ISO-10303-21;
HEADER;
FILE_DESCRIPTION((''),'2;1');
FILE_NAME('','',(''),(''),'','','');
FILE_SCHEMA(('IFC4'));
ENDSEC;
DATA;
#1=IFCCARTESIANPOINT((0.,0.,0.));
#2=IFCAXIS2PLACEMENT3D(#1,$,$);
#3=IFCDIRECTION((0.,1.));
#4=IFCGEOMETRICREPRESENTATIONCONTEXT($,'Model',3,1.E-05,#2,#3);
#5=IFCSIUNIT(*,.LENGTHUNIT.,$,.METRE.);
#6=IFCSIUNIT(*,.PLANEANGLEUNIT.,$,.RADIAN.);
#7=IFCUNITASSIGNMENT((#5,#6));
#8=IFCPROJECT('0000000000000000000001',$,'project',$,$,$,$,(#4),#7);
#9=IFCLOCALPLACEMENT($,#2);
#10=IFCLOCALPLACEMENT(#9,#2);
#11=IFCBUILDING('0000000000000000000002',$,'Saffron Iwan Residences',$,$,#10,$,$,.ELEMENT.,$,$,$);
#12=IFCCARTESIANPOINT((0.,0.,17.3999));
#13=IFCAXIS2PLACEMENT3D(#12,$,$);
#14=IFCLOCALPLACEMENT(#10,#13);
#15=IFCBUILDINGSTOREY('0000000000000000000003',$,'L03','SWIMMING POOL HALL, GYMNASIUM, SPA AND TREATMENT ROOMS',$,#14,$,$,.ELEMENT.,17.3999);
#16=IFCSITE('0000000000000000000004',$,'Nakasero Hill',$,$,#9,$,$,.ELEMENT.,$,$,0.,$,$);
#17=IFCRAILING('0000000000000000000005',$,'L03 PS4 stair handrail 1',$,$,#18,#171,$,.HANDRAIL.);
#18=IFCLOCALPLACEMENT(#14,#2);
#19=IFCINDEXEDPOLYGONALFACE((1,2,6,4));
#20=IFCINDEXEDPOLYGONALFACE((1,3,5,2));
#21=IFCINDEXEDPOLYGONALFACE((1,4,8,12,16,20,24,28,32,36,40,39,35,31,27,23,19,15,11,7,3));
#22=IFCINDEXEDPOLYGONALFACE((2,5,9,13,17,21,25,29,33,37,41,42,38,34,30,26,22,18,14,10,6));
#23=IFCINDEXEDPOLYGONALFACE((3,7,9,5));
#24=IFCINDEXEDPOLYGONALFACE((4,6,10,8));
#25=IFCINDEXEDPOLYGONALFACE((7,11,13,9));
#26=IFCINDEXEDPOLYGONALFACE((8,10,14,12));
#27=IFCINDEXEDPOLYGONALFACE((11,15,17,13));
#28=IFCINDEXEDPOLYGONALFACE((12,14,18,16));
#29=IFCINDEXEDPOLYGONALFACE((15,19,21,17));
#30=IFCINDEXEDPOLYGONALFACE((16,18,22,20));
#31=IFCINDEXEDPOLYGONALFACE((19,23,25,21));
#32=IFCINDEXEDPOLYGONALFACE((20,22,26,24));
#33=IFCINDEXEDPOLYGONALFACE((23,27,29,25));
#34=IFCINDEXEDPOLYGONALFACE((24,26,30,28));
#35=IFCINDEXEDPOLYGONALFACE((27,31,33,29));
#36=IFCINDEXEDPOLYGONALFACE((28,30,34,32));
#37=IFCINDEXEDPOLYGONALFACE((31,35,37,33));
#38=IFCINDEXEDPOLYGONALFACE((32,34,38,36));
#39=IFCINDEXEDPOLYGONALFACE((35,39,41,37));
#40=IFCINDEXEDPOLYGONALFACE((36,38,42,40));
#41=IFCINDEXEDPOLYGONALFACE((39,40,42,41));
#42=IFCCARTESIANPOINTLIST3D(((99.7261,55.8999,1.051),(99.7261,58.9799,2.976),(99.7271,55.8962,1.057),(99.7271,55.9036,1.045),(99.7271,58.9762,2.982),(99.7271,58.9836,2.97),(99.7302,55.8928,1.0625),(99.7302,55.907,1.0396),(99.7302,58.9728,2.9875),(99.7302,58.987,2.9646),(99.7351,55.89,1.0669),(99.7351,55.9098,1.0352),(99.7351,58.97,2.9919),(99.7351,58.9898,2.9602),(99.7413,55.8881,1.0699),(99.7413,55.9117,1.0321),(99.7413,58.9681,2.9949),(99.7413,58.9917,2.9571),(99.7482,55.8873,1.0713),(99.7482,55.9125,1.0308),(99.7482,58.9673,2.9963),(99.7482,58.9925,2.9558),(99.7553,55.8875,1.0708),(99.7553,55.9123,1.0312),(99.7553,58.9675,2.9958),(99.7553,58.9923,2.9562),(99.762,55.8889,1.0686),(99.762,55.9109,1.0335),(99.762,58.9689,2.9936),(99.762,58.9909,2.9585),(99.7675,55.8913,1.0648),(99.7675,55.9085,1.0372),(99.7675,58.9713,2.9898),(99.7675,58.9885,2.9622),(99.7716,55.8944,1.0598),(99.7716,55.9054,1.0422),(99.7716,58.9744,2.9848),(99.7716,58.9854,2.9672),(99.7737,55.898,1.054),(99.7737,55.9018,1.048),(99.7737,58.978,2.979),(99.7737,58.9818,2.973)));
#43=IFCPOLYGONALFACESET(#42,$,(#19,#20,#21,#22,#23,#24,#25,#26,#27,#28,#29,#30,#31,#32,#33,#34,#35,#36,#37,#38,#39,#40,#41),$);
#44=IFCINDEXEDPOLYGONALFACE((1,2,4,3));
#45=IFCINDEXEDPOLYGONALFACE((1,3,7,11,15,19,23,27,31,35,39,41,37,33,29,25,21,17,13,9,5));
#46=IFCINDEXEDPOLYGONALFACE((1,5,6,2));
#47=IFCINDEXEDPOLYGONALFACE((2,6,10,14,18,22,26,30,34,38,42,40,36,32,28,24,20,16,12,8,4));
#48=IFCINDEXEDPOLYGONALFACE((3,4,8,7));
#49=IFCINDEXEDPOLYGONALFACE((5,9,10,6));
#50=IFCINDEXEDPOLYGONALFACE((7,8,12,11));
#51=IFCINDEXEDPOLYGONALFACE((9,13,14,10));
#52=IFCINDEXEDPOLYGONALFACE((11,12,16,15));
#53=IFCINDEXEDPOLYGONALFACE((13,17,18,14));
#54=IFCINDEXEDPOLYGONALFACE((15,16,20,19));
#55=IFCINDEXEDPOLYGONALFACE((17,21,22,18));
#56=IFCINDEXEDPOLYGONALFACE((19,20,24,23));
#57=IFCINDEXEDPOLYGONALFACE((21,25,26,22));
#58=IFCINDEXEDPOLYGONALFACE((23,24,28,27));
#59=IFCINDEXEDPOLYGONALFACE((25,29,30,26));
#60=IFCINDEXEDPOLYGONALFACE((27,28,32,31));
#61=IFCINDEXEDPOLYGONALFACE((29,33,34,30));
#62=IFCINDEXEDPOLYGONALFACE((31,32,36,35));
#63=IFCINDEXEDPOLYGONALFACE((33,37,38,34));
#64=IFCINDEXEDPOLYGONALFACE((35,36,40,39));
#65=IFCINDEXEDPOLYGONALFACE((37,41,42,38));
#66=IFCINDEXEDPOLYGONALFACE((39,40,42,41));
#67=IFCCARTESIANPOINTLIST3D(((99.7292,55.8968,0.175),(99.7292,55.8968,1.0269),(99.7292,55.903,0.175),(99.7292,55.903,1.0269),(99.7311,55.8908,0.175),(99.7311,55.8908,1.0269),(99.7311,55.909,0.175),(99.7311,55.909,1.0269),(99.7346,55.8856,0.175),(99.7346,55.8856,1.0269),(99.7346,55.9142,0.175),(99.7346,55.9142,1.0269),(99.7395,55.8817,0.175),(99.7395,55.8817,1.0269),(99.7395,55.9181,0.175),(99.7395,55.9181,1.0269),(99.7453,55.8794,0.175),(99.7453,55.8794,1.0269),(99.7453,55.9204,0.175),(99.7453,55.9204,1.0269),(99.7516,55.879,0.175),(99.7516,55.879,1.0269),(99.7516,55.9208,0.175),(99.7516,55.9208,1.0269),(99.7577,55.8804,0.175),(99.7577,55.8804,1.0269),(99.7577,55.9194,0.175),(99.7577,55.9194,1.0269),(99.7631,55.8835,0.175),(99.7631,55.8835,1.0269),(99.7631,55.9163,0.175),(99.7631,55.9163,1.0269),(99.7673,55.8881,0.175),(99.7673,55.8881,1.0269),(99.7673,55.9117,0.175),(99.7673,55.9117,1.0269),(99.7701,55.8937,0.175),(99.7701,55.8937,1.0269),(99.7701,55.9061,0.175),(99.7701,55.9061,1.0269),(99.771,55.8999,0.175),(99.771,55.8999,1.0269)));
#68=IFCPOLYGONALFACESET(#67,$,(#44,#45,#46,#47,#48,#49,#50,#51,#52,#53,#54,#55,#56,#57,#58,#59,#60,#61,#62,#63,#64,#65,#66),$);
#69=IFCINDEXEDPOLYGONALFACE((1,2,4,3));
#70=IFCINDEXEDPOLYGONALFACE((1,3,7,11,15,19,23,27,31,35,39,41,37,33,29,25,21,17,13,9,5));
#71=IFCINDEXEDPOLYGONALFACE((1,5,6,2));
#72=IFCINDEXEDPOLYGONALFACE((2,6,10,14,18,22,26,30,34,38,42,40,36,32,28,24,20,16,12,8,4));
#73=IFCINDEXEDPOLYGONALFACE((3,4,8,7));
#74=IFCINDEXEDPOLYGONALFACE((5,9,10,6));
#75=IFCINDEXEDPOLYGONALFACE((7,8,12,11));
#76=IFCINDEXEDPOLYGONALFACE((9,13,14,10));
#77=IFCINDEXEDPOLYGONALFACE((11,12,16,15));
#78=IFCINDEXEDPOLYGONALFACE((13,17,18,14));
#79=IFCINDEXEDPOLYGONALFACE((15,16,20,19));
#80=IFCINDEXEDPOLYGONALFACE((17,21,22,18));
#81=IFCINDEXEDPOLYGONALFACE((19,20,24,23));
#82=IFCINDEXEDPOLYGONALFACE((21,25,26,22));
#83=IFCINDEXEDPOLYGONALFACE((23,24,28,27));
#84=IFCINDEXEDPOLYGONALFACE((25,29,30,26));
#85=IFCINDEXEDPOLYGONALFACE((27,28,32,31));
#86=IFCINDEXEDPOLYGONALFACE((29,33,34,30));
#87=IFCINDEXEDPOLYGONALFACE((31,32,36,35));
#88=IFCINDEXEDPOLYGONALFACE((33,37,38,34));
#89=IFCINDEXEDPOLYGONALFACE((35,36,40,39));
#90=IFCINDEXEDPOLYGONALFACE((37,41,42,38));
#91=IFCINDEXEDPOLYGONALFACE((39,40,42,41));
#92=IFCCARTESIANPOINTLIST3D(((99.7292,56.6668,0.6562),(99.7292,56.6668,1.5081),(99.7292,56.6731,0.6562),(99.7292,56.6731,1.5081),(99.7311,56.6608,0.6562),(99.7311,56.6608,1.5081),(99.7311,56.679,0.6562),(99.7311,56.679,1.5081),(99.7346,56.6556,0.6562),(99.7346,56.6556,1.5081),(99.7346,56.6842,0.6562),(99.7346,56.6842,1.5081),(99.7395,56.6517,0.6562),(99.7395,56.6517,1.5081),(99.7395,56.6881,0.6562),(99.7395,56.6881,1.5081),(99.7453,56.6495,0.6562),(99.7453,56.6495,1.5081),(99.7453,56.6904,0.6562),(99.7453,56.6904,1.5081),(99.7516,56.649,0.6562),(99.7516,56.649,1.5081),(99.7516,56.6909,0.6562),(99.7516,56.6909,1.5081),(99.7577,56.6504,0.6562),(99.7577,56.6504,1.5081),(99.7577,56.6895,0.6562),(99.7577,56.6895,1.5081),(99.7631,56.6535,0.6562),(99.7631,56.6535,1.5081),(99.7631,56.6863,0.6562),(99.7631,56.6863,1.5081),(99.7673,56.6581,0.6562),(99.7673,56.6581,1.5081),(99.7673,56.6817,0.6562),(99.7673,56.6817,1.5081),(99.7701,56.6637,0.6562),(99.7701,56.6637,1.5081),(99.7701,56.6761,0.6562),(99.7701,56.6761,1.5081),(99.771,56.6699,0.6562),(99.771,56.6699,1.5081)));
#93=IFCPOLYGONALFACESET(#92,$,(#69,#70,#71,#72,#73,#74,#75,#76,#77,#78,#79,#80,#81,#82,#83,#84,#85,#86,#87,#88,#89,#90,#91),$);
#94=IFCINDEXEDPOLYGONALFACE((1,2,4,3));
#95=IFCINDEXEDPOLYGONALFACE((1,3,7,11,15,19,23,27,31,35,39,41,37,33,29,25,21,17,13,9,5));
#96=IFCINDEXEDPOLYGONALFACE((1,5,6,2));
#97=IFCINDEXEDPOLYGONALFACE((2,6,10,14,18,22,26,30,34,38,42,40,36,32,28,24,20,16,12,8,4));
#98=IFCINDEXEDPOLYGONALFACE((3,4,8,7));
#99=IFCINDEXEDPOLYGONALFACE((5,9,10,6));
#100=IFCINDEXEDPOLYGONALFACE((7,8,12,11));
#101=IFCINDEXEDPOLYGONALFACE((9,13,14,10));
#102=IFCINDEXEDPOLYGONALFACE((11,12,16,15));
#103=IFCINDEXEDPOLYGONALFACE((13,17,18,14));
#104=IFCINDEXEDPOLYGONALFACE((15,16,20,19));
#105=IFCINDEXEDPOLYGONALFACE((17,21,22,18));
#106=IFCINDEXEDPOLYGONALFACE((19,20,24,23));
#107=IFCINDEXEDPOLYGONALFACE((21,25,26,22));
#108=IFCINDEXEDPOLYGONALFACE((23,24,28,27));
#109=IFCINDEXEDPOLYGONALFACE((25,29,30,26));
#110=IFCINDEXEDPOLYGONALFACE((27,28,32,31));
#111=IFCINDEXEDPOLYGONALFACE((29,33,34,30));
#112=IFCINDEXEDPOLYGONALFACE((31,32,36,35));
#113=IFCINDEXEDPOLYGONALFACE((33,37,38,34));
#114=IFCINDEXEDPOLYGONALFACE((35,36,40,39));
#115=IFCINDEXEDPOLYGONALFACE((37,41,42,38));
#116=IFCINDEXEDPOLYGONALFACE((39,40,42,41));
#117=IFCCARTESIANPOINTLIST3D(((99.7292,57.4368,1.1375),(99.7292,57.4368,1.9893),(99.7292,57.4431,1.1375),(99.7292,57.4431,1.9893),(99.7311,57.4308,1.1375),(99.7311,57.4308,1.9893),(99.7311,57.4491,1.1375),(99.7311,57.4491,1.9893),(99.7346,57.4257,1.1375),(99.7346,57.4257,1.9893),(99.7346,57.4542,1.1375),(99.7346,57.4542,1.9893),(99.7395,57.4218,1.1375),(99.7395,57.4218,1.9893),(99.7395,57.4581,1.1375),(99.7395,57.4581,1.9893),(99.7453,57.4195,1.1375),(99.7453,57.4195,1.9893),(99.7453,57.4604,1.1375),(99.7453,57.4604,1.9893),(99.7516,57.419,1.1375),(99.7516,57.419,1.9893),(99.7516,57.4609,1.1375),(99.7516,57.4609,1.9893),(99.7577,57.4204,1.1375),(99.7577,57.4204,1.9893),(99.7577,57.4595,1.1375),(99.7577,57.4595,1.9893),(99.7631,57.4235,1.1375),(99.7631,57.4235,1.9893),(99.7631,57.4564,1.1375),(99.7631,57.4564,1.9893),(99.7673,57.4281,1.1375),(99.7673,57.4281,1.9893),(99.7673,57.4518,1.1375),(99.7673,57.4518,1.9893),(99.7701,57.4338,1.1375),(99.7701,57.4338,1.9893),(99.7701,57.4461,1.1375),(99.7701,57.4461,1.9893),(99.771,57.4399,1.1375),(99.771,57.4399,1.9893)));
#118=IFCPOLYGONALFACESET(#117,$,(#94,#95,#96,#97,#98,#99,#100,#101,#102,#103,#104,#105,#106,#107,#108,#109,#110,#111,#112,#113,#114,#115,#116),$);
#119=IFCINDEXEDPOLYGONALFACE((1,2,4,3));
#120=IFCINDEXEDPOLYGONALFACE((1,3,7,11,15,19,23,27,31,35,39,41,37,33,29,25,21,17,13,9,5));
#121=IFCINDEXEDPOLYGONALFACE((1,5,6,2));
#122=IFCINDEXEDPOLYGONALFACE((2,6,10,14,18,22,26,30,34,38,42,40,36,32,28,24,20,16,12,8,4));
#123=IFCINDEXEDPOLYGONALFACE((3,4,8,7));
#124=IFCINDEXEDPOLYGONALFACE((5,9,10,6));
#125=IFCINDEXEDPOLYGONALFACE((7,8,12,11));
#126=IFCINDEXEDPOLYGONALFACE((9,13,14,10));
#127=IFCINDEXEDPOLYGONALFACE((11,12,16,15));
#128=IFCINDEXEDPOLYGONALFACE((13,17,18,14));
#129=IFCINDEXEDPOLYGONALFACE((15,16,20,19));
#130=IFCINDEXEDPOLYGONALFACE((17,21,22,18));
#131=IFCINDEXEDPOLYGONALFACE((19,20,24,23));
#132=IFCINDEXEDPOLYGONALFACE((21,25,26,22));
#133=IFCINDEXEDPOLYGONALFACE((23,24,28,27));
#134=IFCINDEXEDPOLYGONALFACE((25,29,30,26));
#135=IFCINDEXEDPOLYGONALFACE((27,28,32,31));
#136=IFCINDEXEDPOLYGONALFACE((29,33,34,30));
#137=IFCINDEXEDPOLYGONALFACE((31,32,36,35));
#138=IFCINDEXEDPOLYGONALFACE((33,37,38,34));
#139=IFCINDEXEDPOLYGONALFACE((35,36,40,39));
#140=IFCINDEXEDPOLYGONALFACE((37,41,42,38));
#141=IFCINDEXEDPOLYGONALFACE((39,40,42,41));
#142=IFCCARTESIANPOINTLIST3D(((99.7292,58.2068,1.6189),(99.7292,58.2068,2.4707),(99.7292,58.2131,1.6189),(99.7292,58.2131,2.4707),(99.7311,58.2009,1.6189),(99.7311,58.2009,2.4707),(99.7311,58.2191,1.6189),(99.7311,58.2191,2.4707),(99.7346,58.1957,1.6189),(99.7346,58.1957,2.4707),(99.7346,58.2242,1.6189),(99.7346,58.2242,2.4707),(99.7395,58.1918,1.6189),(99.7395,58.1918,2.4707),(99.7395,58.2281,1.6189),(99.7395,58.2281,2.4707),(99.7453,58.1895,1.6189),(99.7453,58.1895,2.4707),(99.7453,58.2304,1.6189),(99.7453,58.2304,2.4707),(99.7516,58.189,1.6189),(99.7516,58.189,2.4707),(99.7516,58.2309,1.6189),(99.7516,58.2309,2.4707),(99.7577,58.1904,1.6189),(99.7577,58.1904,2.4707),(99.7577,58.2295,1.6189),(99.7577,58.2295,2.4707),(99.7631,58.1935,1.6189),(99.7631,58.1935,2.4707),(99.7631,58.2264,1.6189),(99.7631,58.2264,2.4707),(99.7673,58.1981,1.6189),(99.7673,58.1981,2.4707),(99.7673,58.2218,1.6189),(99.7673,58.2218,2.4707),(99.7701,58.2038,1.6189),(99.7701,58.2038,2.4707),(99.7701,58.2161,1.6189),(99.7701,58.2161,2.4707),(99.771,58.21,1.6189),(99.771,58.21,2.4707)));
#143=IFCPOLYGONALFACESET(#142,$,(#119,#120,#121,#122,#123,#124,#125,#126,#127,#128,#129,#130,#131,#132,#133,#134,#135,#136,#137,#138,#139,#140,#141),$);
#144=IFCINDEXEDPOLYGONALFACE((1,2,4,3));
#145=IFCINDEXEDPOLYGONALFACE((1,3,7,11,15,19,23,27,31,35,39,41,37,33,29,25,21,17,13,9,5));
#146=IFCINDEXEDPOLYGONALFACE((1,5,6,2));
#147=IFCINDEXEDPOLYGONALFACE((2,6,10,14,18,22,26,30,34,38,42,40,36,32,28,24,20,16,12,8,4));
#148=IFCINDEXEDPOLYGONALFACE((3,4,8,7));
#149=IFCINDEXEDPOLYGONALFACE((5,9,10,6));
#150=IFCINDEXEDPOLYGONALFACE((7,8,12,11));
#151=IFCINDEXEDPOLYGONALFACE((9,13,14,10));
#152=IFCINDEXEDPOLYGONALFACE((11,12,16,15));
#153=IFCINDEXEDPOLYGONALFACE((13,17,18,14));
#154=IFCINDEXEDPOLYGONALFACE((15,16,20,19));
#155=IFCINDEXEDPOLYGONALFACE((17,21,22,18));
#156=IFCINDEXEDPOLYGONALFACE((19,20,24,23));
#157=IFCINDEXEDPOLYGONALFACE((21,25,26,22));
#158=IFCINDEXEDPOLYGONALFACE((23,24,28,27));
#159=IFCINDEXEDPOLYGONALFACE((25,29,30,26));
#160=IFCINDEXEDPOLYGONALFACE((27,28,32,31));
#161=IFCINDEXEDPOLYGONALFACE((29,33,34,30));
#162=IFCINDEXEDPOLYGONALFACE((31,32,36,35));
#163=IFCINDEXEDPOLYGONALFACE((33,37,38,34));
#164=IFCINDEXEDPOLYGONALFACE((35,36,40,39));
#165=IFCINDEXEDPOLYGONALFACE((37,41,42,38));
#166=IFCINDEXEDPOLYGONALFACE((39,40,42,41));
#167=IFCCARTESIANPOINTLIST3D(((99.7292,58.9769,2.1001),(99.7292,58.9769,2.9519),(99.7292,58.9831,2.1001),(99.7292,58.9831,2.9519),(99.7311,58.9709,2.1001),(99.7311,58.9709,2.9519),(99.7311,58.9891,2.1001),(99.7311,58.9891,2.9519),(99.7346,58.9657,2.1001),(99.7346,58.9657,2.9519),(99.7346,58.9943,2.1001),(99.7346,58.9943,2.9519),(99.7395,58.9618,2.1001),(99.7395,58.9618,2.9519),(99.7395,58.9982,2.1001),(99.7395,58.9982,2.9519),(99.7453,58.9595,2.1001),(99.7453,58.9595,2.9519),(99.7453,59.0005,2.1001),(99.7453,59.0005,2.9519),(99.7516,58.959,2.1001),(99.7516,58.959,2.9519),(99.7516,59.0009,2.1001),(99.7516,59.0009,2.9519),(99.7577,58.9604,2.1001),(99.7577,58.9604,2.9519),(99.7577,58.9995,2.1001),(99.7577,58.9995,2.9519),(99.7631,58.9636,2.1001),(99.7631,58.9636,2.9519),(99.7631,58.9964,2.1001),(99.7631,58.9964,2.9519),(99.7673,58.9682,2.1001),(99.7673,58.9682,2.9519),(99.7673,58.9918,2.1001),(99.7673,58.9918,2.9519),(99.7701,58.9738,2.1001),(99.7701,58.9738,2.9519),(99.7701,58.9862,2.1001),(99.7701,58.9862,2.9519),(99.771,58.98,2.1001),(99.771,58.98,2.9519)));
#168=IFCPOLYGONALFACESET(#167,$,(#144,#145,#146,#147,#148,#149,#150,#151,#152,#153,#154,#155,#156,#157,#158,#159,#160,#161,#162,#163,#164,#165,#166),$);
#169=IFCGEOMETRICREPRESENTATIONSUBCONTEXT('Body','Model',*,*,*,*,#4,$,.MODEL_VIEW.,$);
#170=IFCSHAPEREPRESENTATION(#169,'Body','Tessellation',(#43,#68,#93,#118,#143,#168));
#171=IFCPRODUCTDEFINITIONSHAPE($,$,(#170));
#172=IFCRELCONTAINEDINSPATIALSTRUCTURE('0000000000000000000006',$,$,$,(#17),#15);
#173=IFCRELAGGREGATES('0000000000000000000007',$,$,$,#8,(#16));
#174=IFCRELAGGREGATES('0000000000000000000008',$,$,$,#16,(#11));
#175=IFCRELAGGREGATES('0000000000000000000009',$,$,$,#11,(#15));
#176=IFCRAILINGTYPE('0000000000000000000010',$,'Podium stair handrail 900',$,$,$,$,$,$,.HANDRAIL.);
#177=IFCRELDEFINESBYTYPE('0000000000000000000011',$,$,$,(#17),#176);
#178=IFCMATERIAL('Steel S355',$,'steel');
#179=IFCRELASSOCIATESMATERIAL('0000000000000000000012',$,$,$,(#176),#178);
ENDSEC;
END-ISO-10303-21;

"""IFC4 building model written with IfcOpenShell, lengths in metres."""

from ifc_helpers import new_model, si_unit, direction, frame, origin, origin_2d, place, context, subcontext, project, spatial, circle, extrude, material, type_object, element, save


model = new_model("IFC4")

# Units and contexts
model_context = context("Model", 3, precision=1e-05, world=origin(), true_north=direction((0.0, 1.0)))
body_context = subcontext(model_context, "Body", "Model", "MODEL_VIEW")
ifc_project = project(units=[si_unit("LENGTHUNIT", "METRE"), si_unit("PLANEANGLEUNIT", "RADIAN")], contexts=[model_context])

# Site, building, storey
site_placement = place(None, origin())
site = spatial("IfcSite", under=ifc_project, at=site_placement, Name="Nakasero Hill", CompositionType="ELEMENT", RefElevation=0.0)
building_placement = place(site_placement, origin())
building = spatial("IfcBuilding", under=site, at=building_placement, Name="Saffron Iwan Residences", CompositionType="ELEMENT")
storey_placement = place(building_placement, frame((0.0, 0.0, 17.3999)))
storey = spatial("IfcBuildingStorey", under=building, at=storey_placement, Name="L03", Description="SWIMMING POOL HALL, GYMNASIUM, SPA AND TREATMENT ROOMS", CompositionType="ELEMENT", Elevation=17.3999)

# Railing
ifc_material_1 = material(Name="Steel S355", Category="steel")
railing_type_1 = type_object("IfcRailingType", Name="Podium stair handrail 900", PredefinedType="HANDRAIL", material=ifc_material_1)
railing_1_placement = place(storey_placement, frame((99.75, 55.8999, 0.175)))
element("IfcRailing", 1, at=railing_1_placement, inside=storey, type_object=railing_type_1, Name="L03 PS4 stair handrail 1", PredefinedType="HANDRAIL", context=body_context, shape_type="SweptSolid", body=[
    extrude(circle(Radius=0.0239, at=origin_2d()), frame((0.0, 0.0, 0.876), z_axis=(0.0, 0.847998, 0.529999), x_axis=(-1.0, 0.0, 0.0)), (0.0, 0.0, 1.0), 3.6321),
    extrude(circle(Radius=0.021, at=origin_2d()), origin(), (0.0, 0.0, 1.0), 0.8518),
    extrude(circle(Radius=0.021, at=origin_2d()), frame((0.0, 0.77, 0.4812)), (0.0, 0.0, 1.0), 0.8518),
    extrude(circle(Radius=0.021, at=origin_2d()), frame((0.0, 1.54, 0.9624)), (0.0, 0.0, 1.0), 0.8518),
    extrude(circle(Radius=0.021, at=origin_2d()), frame((0.0, 2.3101, 1.4438)), (0.0, 0.0, 1.0), 0.8518),
    extrude(circle(Radius=0.021, at=origin_2d()), frame((0.0, 3.0801, 1.925)), (0.0, 0.0, 1.0), 0.8518),
])

save(model, "model.ifc")
